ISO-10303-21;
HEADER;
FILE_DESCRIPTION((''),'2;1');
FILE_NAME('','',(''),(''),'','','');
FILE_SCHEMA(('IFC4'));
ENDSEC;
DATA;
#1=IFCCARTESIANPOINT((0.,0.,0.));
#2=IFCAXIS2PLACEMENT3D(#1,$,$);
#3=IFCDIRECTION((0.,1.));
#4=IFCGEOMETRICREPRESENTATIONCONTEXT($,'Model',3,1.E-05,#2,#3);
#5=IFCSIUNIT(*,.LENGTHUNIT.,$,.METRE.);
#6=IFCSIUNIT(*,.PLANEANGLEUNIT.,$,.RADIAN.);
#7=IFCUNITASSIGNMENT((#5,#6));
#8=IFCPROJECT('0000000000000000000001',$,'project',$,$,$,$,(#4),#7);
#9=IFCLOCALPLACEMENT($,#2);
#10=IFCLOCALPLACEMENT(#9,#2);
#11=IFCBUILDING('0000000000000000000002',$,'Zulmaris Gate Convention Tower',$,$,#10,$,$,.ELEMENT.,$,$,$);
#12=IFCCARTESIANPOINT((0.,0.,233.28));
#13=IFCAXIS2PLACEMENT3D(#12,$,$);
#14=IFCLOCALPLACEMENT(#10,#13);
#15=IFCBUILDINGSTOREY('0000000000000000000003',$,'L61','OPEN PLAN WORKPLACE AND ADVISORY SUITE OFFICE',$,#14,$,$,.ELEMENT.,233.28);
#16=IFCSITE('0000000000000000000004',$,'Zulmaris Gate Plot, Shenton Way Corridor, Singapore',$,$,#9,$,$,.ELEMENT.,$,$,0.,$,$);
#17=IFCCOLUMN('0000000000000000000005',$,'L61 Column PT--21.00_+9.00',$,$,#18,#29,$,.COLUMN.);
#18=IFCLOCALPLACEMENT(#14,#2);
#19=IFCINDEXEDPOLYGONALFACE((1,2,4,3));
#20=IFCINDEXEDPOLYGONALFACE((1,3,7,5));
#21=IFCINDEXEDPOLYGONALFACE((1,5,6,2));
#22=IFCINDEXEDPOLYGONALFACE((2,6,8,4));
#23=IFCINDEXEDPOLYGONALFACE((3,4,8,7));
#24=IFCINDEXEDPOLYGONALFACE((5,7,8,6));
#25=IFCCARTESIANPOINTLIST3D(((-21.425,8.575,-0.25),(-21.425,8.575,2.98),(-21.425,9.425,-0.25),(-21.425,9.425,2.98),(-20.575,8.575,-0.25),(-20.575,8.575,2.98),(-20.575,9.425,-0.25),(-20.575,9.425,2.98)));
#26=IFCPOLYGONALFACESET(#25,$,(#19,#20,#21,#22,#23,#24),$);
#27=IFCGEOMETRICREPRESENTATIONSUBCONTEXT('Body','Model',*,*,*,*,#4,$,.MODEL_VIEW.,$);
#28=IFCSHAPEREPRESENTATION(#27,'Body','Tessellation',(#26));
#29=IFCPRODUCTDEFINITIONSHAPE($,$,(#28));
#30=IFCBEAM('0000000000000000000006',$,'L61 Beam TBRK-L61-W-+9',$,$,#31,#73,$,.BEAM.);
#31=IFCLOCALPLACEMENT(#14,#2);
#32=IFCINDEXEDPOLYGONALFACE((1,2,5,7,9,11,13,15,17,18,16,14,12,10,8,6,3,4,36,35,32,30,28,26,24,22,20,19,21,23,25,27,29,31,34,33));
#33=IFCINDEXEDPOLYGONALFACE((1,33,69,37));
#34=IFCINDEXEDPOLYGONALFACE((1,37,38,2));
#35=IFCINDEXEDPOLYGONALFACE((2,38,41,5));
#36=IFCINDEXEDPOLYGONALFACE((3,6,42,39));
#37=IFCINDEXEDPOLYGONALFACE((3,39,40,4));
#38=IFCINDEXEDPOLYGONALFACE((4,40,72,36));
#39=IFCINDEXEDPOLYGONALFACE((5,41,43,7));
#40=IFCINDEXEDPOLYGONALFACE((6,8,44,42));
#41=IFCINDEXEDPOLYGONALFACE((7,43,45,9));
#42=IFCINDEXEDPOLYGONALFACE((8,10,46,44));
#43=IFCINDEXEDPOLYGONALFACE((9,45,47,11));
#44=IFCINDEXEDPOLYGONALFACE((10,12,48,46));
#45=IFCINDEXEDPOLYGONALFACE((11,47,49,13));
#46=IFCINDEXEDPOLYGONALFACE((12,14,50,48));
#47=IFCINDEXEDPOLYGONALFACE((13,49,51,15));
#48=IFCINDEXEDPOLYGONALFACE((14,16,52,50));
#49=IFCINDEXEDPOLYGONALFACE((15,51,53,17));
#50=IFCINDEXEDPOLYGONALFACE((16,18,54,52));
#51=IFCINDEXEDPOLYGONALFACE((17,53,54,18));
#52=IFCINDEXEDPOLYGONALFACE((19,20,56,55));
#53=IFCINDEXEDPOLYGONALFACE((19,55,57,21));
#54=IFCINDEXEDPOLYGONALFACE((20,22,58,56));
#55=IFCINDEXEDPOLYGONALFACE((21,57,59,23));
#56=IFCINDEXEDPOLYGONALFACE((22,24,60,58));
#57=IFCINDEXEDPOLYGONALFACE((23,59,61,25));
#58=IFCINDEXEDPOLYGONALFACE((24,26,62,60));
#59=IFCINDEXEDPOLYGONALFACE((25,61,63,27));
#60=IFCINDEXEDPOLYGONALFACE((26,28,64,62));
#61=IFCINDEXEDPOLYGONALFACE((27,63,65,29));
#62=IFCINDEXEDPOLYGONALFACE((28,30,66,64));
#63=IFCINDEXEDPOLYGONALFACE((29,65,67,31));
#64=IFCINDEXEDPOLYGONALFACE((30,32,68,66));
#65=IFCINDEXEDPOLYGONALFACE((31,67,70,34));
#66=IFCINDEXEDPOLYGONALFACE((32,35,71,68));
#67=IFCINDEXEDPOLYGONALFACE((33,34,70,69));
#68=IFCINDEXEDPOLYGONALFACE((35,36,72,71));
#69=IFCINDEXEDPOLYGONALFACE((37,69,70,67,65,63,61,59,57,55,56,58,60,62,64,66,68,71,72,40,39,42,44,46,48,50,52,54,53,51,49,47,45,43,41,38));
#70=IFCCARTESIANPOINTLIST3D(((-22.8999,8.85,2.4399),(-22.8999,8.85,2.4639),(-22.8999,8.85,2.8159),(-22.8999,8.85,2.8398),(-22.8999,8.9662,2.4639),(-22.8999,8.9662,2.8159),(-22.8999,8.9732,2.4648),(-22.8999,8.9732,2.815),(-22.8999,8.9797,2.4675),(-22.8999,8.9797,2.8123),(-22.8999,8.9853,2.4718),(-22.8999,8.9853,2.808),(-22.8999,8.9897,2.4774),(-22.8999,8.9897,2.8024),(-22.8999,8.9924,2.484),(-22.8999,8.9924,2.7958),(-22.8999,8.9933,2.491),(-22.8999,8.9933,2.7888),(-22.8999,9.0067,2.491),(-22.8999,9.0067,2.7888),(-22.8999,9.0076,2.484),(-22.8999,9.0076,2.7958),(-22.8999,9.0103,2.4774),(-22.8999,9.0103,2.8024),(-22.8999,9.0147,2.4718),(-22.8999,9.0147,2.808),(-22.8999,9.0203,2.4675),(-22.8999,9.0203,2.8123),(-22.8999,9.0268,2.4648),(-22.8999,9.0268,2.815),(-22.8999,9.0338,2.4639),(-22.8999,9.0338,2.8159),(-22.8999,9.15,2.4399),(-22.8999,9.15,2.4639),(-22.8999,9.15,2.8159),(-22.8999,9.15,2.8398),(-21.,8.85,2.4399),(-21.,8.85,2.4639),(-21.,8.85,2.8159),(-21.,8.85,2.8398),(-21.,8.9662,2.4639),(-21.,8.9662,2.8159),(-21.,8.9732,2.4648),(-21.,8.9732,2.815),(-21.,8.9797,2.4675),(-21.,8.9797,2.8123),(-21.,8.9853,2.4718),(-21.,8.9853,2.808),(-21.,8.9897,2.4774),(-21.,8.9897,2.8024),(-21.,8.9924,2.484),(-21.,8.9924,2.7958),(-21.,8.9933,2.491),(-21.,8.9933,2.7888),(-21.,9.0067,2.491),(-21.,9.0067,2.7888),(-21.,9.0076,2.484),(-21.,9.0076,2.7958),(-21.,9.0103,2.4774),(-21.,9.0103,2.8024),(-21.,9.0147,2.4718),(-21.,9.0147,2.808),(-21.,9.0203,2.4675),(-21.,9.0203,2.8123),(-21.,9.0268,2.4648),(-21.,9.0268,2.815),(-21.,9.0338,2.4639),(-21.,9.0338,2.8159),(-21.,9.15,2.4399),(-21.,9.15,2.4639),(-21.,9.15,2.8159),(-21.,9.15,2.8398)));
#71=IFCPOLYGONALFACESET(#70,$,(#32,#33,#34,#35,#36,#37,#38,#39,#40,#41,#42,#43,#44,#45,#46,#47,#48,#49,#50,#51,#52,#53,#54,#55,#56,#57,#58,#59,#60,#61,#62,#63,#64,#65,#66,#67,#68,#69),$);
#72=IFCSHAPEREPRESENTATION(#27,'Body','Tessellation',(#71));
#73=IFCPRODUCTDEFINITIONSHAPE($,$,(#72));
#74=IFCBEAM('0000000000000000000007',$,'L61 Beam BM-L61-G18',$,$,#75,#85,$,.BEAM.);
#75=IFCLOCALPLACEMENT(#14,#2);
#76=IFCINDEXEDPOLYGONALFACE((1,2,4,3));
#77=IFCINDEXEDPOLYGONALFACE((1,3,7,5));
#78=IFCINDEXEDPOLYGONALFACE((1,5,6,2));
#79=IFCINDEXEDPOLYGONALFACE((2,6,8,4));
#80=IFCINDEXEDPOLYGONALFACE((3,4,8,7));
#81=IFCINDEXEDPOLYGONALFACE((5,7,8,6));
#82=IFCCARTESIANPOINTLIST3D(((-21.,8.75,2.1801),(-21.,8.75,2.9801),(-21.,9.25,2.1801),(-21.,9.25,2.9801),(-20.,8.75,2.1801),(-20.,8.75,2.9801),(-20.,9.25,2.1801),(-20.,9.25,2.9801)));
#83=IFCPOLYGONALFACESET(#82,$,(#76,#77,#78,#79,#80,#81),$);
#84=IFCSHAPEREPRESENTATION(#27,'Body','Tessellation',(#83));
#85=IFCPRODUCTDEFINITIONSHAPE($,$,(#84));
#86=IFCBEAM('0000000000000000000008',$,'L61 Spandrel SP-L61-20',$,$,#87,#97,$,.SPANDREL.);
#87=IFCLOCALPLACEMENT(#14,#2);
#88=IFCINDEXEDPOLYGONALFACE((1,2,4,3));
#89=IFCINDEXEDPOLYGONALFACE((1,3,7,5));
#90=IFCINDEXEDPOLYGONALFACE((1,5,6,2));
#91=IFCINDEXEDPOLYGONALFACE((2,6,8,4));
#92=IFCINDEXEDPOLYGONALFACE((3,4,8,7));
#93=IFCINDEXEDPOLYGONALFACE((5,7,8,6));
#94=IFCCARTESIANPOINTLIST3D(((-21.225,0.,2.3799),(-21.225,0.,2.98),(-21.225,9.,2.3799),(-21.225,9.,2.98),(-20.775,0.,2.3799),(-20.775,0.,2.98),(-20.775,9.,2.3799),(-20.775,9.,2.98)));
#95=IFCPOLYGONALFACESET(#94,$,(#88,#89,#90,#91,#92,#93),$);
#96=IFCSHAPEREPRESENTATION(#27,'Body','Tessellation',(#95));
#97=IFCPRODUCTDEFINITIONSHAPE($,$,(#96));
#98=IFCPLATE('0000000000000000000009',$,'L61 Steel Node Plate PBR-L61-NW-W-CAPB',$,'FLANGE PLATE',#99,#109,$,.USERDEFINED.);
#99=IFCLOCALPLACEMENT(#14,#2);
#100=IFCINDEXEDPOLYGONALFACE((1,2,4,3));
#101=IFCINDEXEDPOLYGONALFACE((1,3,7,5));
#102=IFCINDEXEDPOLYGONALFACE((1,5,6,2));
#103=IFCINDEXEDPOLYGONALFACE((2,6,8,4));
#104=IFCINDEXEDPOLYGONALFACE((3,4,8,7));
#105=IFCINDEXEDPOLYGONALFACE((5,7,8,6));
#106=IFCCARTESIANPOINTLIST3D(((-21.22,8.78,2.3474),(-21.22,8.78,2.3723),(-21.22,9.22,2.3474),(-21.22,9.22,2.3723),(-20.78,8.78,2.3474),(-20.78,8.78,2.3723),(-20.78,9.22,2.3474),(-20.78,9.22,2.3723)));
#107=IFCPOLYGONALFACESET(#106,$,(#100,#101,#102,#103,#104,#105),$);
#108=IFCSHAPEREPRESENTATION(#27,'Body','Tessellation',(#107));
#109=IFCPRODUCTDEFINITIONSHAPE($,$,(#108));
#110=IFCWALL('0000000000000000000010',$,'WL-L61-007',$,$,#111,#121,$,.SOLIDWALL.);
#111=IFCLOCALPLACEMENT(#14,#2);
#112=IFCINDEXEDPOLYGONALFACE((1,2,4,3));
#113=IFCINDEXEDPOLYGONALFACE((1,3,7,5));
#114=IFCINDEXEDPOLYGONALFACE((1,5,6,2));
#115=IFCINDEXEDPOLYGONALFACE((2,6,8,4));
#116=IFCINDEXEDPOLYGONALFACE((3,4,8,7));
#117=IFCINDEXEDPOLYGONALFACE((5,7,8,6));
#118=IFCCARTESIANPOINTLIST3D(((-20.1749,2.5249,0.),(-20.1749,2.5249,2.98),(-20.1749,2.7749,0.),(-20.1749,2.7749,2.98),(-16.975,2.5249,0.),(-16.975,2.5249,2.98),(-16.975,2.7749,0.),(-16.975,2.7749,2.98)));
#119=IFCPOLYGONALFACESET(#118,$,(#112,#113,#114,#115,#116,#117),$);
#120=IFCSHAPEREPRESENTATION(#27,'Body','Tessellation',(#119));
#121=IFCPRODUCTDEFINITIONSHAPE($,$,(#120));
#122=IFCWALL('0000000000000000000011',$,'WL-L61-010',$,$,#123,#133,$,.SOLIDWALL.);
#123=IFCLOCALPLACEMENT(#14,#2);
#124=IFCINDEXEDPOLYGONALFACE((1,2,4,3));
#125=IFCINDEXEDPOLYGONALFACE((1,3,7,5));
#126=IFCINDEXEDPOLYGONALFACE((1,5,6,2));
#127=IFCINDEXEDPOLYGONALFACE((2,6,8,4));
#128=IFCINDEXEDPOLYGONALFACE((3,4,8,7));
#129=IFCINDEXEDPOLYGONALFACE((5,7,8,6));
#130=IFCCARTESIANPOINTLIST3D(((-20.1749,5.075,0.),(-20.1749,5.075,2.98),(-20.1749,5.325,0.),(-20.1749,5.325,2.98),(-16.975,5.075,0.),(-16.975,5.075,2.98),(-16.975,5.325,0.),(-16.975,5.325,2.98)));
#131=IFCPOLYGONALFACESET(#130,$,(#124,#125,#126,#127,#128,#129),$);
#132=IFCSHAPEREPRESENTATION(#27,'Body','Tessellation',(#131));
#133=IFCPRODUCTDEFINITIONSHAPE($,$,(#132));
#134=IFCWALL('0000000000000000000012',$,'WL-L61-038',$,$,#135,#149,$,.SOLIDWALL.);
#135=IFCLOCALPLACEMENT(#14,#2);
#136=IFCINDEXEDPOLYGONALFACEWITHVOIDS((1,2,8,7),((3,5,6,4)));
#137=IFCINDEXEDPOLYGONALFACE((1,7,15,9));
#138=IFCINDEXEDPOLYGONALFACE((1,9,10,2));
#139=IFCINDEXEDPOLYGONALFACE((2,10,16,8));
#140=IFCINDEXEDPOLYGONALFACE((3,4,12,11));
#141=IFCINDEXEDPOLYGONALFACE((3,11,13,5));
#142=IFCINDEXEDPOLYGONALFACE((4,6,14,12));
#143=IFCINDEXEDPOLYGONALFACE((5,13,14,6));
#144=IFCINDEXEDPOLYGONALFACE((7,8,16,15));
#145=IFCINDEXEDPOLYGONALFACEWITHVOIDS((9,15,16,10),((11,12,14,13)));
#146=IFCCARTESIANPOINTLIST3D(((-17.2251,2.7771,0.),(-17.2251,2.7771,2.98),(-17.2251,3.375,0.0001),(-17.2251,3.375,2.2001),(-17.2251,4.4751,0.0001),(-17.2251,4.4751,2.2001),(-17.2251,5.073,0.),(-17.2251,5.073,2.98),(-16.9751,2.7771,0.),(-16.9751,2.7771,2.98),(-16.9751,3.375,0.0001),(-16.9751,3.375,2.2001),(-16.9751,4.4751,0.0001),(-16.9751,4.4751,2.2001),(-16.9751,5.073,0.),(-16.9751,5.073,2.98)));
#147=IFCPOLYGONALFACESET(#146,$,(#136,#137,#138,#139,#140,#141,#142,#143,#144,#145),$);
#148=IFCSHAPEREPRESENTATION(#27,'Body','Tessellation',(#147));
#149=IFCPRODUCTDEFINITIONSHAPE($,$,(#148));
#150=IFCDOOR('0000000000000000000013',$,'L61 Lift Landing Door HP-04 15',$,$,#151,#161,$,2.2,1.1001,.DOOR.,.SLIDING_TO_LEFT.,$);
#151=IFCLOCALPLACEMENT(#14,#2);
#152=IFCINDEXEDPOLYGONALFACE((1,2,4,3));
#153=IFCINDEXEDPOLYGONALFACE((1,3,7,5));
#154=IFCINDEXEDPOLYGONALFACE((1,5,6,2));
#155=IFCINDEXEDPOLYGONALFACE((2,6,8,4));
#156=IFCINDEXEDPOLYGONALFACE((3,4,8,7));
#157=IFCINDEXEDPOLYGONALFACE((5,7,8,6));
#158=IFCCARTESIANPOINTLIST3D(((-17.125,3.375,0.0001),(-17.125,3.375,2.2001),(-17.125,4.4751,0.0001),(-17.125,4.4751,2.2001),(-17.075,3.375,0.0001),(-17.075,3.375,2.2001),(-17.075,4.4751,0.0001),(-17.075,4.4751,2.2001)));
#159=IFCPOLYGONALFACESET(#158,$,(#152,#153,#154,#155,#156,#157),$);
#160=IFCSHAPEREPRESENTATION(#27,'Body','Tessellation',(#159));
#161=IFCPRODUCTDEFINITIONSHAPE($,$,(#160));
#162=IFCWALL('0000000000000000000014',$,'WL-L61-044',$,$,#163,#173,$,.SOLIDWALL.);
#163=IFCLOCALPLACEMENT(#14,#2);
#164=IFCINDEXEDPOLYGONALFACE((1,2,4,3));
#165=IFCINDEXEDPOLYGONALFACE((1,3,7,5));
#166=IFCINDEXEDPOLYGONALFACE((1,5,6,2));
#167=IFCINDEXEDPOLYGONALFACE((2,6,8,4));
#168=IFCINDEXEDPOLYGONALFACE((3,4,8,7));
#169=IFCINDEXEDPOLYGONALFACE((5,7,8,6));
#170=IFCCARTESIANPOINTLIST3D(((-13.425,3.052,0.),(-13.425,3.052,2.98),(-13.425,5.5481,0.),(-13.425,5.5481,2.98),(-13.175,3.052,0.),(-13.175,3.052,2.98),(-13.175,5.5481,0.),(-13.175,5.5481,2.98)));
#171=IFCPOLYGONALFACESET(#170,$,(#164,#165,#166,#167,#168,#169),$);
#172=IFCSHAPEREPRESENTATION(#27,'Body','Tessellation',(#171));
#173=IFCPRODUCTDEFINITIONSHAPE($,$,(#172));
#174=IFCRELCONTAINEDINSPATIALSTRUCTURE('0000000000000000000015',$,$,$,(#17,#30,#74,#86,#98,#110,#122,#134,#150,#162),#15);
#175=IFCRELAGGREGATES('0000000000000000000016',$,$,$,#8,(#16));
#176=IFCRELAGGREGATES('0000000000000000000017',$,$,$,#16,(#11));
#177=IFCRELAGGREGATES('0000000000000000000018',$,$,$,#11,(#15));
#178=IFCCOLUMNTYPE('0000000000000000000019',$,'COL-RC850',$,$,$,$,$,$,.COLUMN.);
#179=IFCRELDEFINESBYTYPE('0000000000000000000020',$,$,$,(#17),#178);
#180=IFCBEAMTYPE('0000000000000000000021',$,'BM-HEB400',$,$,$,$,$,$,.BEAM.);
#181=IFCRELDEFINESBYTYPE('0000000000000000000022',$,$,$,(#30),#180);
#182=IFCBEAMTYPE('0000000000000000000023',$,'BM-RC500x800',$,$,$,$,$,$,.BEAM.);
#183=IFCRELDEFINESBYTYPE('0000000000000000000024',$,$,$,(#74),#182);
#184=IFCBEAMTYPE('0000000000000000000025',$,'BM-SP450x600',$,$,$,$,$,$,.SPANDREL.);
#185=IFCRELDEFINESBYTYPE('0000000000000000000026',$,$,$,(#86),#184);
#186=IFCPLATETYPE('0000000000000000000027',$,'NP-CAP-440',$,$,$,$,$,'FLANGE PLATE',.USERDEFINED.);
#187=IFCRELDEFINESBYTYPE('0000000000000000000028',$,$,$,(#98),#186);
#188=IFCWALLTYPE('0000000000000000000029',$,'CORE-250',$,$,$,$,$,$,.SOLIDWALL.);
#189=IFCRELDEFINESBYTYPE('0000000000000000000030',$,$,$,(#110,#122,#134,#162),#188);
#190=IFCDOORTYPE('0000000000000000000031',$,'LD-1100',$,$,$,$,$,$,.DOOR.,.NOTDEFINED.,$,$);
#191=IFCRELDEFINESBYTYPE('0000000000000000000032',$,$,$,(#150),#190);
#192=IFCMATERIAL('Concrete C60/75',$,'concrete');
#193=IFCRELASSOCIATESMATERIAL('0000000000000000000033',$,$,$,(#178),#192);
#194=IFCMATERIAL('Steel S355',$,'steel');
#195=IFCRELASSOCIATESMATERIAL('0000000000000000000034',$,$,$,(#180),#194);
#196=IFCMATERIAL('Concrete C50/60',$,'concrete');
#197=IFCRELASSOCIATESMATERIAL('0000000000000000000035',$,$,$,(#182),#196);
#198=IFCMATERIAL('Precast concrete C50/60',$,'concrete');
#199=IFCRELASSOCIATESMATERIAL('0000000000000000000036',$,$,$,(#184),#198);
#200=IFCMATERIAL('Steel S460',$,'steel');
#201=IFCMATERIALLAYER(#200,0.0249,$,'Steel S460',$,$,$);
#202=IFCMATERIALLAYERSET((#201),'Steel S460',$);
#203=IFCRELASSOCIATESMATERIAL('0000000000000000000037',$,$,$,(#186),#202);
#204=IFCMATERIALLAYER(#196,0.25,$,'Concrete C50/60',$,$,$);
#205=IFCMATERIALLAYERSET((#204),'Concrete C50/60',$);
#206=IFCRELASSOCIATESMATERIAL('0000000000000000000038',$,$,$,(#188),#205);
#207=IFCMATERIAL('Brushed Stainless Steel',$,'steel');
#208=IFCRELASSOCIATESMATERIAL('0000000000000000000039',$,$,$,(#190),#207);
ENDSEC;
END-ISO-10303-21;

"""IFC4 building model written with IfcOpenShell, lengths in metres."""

from ifc_helpers import new_model, si_unit, direction, frame, frame_2d, origin, origin_2d, place, context, subcontext, project, spatial, rectangle, i_section, extrude, material, layer, layer_set, material_profile, profile_set, type_object, element, fill, save


model = new_model("IFC4")

# Units and contexts
model_context = context("Model", 3, precision=1e-05, world=origin(), true_north=direction((0.0, 1.0)))
body_context = subcontext(model_context, "Body", "Model", "MODEL_VIEW")
ifc_project = project(units=[si_unit("LENGTHUNIT", "METRE"), si_unit("PLANEANGLEUNIT", "RADIAN")], contexts=[model_context])

# Site, building, storey
site_placement = place(None, origin())
site = spatial("IfcSite", under=ifc_project, at=site_placement, Name="Zulmaris Gate Plot, Shenton Way Corridor, Singapore", CompositionType="ELEMENT", RefElevation=0.0)
building_placement = place(site_placement, origin())
building = spatial("IfcBuilding", under=site, at=building_placement, Name="Zulmaris Gate Convention Tower", CompositionType="ELEMENT")
storey_placement = place(building_placement, frame((0.0, 0.0, 233.28)))
storey = spatial("IfcBuildingStorey", under=building, at=storey_placement, Name="L61", Description="OPEN PLAN WORKPLACE AND ADVISORY SUITE OFFICE", CompositionType="ELEMENT", Elevation=233.28)

# Column
ifc_material_1 = material(Name="Concrete C60/75", Category="concrete")
ifc_material_profile_1 = material_profile(ifc_material_1, rectangle(XDim=0.8501, YDim=0.8501, at=origin_2d()), Name="RC COL 850x850")
ifc_profile_set_1 = profile_set([ifc_material_profile_1], Name="Concrete C60/75")
column_type = type_object("IfcColumnType", Name="COL-RC850", PredefinedType="COLUMN", material=ifc_profile_set_1)
column_placement = place(storey_placement, frame((-21.0, 9.0, -0.25), z_axis=(0.0, 0.0, 1.0), x_axis=(1.0, 0.0, 0.0)))
element("IfcColumn", 1, at=column_placement, inside=storey, type_object=column_type, Name="L61 Column PT--21.00_+9.00", PredefinedType="COLUMN", context=body_context, shape_type="SweptSolid", body=[
    extrude(rectangle(XDim=0.8501, YDim=0.8501, at=origin_2d()), origin(), (0.0, 0.0, 1.0), 3.23),
])

# Beams
ifc_material_2 = material(Name="Steel S355", Category="steel")
ifc_material_profile_2 = material_profile(ifc_material_2, i_section(OverallWidth=0.3, OverallDepth=0.3999, WebThickness=0.0134, FlangeThickness=0.0239, FilletRadius=0.0271, at=origin_2d()), Name="HEB 400")
ifc_profile_set_2 = profile_set([ifc_material_profile_2], Name="Steel S355")
beam_type_1 = type_object("IfcBeamType", Name="BM-HEB400", PredefinedType="BEAM", material=ifc_profile_set_2)
beam_1_placement = place(storey_placement, frame((-22.8999, 9.0, 2.6399), z_axis=(1.0, 0.0, 0.0), x_axis=(0.0, 1.0, 0.0)))
element("IfcBeam", 2, at=beam_1_placement, inside=storey, type_object=beam_type_1, Name="L61 Beam TBRK-L61-W-+9", PredefinedType="BEAM", context=body_context, shape_type="SweptSolid", body=[
    extrude(i_section(OverallWidth=0.3, OverallDepth=0.3999, WebThickness=0.0134, FlangeThickness=0.0239, FilletRadius=0.0271, at=origin_2d()), origin(), (0.0, 0.0, 1.0), 1.8999),
])
ifc_material_3 = material(Name="Concrete C50/60", Category="concrete")
ifc_material_profile_3 = material_profile(ifc_material_3, rectangle(XDim=0.5, YDim=0.8, at=origin_2d()), Name="RC BEAM 500x800")
ifc_profile_set_3 = profile_set([ifc_material_profile_3], Name="Concrete C50/60")
beam_type_2 = type_object("IfcBeamType", Name="BM-RC500x800", PredefinedType="BEAM", material=ifc_profile_set_3)
beam_2_placement = place(storey_placement, frame((-21.0, 9.0, 2.5801), z_axis=(1.0, 0.0, 0.0), x_axis=(0.0, 1.0, 0.0)))
element("IfcBeam", 3, at=beam_2_placement, inside=storey, type_object=beam_type_2, Name="L61 Beam BM-L61-G18", PredefinedType="BEAM", context=body_context, shape_type="SweptSolid", body=[
    extrude(rectangle(XDim=0.5, YDim=0.8, at=origin_2d()), origin(), (0.0, 0.0, 1.0), 1.0),
])
ifc_material_4 = material(Name="Precast concrete C50/60", Category="concrete")
ifc_material_profile_4 = material_profile(ifc_material_4, rectangle(XDim=0.45, YDim=0.6001, at=origin_2d()), Name="RC SPANDREL 450x600")
ifc_profile_set_4 = profile_set([ifc_material_profile_4], Name="Precast concrete C50/60")
beam_type_3 = type_object("IfcBeamType", Name="BM-SP450x600", PredefinedType="SPANDREL", material=ifc_profile_set_4)
beam_3_placement = place(storey_placement, frame((-21.0, 9.0, 2.6799), z_axis=(0.0, -1.0, 0.0), x_axis=(1.0, 0.0, 0.0)))
element("IfcBeam", 4, at=beam_3_placement, inside=storey, type_object=beam_type_3, Name="L61 Spandrel SP-L61-20", PredefinedType="SPANDREL", context=body_context, shape_type="SweptSolid", body=[
    extrude(rectangle(XDim=0.45, YDim=0.6001, at=origin_2d()), origin(), (0.0, 0.0, 1.0), 9.0),
])

# Plate
ifc_material_5 = material(Name="Steel S460", Category="steel")
ifc_layer_1 = layer(ifc_material_5, 0.0249, Name="Steel S460")
ifc_layer_set_1 = layer_set([ifc_layer_1], Name="Steel S460")
plate_type = type_object("IfcPlateType", Name="NP-CAP-440", ElementType="FLANGE PLATE", PredefinedType="USERDEFINED", material=ifc_layer_set_1)
plate_placement = place(storey_placement, frame((-21.0, 9.0, 2.3474), z_axis=(0.0, 0.0, 1.0), x_axis=(1.0, 0.0, 0.0)))
element("IfcPlate", 5, at=plate_placement, inside=storey, type_object=plate_type, Name="L61 Steel Node Plate PBR-L61-NW-W-CAPB", ObjectType="FLANGE PLATE", PredefinedType="USERDEFINED", context=body_context, shape_type="SweptSolid", body=[
    extrude(rectangle(XDim=0.4399, YDim=0.4399, at=origin_2d()), origin(), (0.0, 0.0, 1.0), 0.0249),
])

# Walls
ifc_layer_2 = layer(ifc_material_3, 0.25, Name="Concrete C50/60")
ifc_layer_set_2 = layer_set([ifc_layer_2], Name="Concrete C50/60")
wall_type_1 = type_object("IfcWallType", Name="CORE-250", PredefinedType="SOLIDWALL", material=ifc_layer_set_2)
for number, where, z_axis, x_axis, name in (
    (6, (-20.175, 2.6499, 0.0), (0.0, 0.0, 1.0), (1.0, 0.0, 0.0), "WL-L61-007"),
    (7, (-20.175, 5.2, 0.0), (0.0, 0.0, 1.0), (1.0, 0.0, 0.0), "WL-L61-010"),
):
    element("IfcWall", number, at=place(storey_placement, frame(where, z_axis=z_axis, x_axis=x_axis)), inside=storey, type_object=wall_type_1, Name=name, PredefinedType="SOLIDWALL", context=body_context, shape_type="SweptSolid", body=[
        extrude(rectangle(XDim=3.2, YDim=0.25, at=frame_2d((1.6001, 0.0))), origin(), (0.0, 0.0, 1.0), 2.98),
    ])

# Wall, opening, door
wall_1_placement = place(storey_placement, frame((-17.1001, 2.7771, 0.0), z_axis=(0.0, 0.0, 1.0), x_axis=(0.0, 1.0, 0.0)))
wall_1 = element("IfcWall", 8, at=wall_1_placement, inside=storey, type_object=wall_type_1, Name="WL-L61-038", PredefinedType="SOLIDWALL", context=body_context, shape_type="SweptSolid", body=[
    extrude(rectangle(XDim=2.2959, YDim=0.25, at=frame_2d((1.1479, 0.0))), origin(), (0.0, 0.0, 1.0), 2.98),
])
opening_1_placement = place(wall_1_placement, frame((0.5979, 0.0, 0.0)))
opening_1 = element("IfcOpeningElement", 9, at=opening_1_placement, cuts=wall_1, PredefinedType="OPENING", context=body_context, shape_type="SweptSolid", body=[
    extrude(rectangle(XDim=1.1001, YDim=2.2, at=frame_2d((0.55, 1.1001))), frame((0.0, 0.135, 0.0), z_axis=(0.0, -1.0, 0.0), x_axis=(1.0, 0.0, 0.0)), (0.0, 0.0, 1.0), 0.27),
])
ifc_material_6 = material(Name="Brushed Stainless Steel", Category="steel")
door_type_1 = type_object("IfcDoorType", Name="LD-1100", OperationType="NOTDEFINED", PredefinedType="DOOR", material=ifc_material_6)
door_1_placement = place(opening_1_placement, origin())
door_1 = element("IfcDoor", 10, at=door_1_placement, inside=storey, type_object=door_type_1, Name="L61 Lift Landing Door HP-04 15", OperationType="SLIDING_TO_LEFT", OverallHeight=2.2, OverallWidth=1.1001, PredefinedType="DOOR", context=body_context, shape_type="SweptSolid", body=[
    extrude(rectangle(XDim=1.1001, YDim=2.2, at=frame_2d((0.55, 1.1001))), frame((0.0, 0.0249, 0.0), z_axis=(0.0, -1.0, 0.0), x_axis=(1.0, 0.0, 0.0)), (0.0, 0.0, 1.0), 0.05),
])
fill(opening_1, door_1)

# Wall
wall_2_placement = place(storey_placement, frame((-13.3, 3.052, 0.0), z_axis=(0.0, 0.0, 1.0), x_axis=(0.0, 1.0, 0.0)))
element("IfcWall", 11, at=wall_2_placement, inside=storey, type_object=wall_type_1, Name="WL-L61-044", PredefinedType="SOLIDWALL", context=body_context, shape_type="SweptSolid", body=[
    extrude(rectangle(XDim=2.4961, YDim=0.25, at=frame_2d((1.248, 0.0))), origin(), (0.0, 0.0, 1.0), 2.98),
])

save(model, "model.ifc")
